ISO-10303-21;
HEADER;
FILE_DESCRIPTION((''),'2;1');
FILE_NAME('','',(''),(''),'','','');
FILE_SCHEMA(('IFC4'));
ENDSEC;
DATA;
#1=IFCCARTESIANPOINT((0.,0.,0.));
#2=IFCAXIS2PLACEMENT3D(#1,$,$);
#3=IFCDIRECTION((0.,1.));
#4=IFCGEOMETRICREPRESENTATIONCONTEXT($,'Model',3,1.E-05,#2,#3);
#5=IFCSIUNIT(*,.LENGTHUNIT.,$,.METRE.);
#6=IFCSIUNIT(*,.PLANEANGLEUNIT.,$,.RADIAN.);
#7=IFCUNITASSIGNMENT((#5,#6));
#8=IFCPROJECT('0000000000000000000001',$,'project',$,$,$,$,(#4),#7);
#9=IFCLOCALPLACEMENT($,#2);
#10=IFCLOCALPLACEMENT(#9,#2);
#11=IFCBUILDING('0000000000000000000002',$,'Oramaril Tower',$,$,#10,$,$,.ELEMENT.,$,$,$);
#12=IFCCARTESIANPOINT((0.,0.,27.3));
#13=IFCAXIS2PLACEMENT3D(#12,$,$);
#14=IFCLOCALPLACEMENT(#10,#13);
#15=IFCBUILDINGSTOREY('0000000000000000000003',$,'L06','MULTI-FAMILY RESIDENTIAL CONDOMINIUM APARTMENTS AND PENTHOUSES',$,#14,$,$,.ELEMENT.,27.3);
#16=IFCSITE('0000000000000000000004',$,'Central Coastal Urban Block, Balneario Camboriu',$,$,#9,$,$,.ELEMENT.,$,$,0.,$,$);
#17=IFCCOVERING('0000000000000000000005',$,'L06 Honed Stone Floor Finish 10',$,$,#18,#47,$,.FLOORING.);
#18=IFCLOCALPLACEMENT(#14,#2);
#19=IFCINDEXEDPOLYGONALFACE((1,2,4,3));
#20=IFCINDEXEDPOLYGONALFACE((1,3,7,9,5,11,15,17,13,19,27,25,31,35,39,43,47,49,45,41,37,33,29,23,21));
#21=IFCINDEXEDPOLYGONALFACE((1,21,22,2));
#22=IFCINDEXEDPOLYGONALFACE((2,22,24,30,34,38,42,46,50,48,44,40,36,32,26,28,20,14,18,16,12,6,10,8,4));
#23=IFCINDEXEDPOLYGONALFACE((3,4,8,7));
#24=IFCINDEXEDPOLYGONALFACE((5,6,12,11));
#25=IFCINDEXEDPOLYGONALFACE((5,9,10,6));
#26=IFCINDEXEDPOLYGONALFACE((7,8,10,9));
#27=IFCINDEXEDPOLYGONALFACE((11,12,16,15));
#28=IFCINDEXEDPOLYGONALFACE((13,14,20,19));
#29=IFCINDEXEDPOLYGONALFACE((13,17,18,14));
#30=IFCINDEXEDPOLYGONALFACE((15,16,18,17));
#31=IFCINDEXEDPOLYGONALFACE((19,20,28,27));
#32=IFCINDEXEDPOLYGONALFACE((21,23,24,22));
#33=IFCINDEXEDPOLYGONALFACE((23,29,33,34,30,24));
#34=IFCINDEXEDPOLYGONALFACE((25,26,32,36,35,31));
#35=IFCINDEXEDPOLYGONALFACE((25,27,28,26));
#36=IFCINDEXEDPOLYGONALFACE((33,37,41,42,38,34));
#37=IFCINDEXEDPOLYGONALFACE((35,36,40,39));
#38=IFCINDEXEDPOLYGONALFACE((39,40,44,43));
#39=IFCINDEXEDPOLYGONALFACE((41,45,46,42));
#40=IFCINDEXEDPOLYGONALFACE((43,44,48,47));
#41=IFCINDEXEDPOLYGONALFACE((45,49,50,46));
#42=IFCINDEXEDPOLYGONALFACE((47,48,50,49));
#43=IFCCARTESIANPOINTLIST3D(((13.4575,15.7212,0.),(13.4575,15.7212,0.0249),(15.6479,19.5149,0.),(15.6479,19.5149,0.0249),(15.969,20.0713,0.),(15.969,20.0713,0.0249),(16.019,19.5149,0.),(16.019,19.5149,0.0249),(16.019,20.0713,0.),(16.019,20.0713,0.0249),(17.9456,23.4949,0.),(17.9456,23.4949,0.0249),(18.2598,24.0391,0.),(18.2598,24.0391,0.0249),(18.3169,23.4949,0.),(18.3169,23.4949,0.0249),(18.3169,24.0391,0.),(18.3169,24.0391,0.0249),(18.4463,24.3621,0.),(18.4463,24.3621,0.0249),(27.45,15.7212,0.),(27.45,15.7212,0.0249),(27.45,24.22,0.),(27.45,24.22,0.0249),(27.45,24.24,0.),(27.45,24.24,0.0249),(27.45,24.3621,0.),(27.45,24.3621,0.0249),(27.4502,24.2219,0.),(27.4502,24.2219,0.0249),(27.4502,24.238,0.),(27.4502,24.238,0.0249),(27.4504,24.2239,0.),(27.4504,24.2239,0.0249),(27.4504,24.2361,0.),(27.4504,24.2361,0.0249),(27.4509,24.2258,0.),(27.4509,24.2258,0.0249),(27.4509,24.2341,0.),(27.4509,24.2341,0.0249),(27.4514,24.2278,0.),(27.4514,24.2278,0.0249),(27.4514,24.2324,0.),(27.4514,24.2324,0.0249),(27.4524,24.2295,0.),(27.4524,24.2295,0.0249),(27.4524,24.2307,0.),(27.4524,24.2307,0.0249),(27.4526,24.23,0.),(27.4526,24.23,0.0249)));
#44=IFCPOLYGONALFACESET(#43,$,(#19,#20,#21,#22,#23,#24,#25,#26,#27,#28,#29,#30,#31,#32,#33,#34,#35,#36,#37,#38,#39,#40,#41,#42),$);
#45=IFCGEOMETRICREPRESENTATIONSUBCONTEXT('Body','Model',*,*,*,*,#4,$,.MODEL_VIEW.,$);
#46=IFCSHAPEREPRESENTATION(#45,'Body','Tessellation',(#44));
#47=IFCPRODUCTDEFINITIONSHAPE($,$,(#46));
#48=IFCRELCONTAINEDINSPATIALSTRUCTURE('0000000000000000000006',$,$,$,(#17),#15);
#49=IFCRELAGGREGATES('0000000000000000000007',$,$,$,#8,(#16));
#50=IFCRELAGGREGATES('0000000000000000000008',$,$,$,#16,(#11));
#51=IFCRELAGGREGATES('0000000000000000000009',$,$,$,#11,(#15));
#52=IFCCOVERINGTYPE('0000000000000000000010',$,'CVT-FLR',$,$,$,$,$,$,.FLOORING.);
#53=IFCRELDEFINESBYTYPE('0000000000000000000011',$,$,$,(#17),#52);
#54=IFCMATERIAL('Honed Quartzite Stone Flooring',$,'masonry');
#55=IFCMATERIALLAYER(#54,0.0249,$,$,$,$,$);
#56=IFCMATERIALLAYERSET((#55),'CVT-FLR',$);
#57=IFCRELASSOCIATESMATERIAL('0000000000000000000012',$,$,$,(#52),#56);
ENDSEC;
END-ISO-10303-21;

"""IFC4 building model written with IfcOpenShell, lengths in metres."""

from ifc_helpers import new_model, si_unit, direction, frame, origin, place, context, subcontext, project, spatial, polyline, outline, extrude, material, layer, layer_set, type_object, element, save


model = new_model("IFC4")

# Units and contexts
model_context = context("Model", 3, precision=1e-05, world=origin(), true_north=direction((0.0, 1.0)))
body_context = subcontext(model_context, "Body", "Model", "MODEL_VIEW")
ifc_project = project(units=[si_unit("LENGTHUNIT", "METRE"), si_unit("PLANEANGLEUNIT", "RADIAN")], contexts=[model_context])

# Site, building, storey
site_placement = place(None, origin())
site = spatial("IfcSite", under=ifc_project, at=site_placement, Name="Central Coastal Urban Block, Balneario Camboriu", CompositionType="ELEMENT", RefElevation=0.0)
building_placement = place(site_placement, origin())
building = spatial("IfcBuilding", under=site, at=building_placement, Name="Oramaril Tower", CompositionType="ELEMENT")
storey_placement = place(building_placement, frame((0.0, 0.0, 27.3)))
storey = spatial("IfcBuildingStorey", under=building, at=storey_placement, Name="L06", Description="MULTI-FAMILY RESIDENTIAL CONDOMINIUM APARTMENTS AND PENTHOUSES", CompositionType="ELEMENT", Elevation=27.3)

# Covering
ifc_material_1 = material(Name="Honed Quartzite Stone Flooring", Category="masonry")
ifc_layer_1 = layer(ifc_material_1, 0.0249)
ifc_layer_set_1 = layer_set([ifc_layer_1], Name="CVT-FLR")
covering_type = type_object("IfcCoveringType", Name="CVT-FLR", PredefinedType="FLOORING", material=ifc_layer_set_1)
covering_1_placement = place(storey_placement, origin())
element("IfcCovering", 1, at=covering_1_placement, inside=storey, type_object=covering_type, Name="L06 Honed Stone Floor Finish 10", PredefinedType="FLOORING", context=body_context, shape_type="SweptSolid", body=[
    extrude(outline(polyline([(13.4575, 15.7212), (15.6479, 19.5149), (16.019, 19.5149), (16.019, 20.0713), (15.969, 20.0713), (17.9456, 23.4949), (18.3169, 23.4949), (18.3169, 24.0391), (18.2598, 24.0391), (18.4463, 24.3621), (27.45, 24.3621), (27.45, 24.24), (27.4502, 24.238), (27.4504, 24.2361), (27.4509, 24.2341), (27.4514, 24.2324), (27.4524, 24.2307), (27.4526, 24.23), (27.4524, 24.2295), (27.4514, 24.2278), (27.4509, 24.2258), (27.4504, 24.2239), (27.4502, 24.2219), (27.45, 24.22), (27.45, 15.7212), (13.4575, 15.7212)])), origin(), (0.0, 0.0, 1.0), 0.0249),
])

save(model, "model.ifc")
